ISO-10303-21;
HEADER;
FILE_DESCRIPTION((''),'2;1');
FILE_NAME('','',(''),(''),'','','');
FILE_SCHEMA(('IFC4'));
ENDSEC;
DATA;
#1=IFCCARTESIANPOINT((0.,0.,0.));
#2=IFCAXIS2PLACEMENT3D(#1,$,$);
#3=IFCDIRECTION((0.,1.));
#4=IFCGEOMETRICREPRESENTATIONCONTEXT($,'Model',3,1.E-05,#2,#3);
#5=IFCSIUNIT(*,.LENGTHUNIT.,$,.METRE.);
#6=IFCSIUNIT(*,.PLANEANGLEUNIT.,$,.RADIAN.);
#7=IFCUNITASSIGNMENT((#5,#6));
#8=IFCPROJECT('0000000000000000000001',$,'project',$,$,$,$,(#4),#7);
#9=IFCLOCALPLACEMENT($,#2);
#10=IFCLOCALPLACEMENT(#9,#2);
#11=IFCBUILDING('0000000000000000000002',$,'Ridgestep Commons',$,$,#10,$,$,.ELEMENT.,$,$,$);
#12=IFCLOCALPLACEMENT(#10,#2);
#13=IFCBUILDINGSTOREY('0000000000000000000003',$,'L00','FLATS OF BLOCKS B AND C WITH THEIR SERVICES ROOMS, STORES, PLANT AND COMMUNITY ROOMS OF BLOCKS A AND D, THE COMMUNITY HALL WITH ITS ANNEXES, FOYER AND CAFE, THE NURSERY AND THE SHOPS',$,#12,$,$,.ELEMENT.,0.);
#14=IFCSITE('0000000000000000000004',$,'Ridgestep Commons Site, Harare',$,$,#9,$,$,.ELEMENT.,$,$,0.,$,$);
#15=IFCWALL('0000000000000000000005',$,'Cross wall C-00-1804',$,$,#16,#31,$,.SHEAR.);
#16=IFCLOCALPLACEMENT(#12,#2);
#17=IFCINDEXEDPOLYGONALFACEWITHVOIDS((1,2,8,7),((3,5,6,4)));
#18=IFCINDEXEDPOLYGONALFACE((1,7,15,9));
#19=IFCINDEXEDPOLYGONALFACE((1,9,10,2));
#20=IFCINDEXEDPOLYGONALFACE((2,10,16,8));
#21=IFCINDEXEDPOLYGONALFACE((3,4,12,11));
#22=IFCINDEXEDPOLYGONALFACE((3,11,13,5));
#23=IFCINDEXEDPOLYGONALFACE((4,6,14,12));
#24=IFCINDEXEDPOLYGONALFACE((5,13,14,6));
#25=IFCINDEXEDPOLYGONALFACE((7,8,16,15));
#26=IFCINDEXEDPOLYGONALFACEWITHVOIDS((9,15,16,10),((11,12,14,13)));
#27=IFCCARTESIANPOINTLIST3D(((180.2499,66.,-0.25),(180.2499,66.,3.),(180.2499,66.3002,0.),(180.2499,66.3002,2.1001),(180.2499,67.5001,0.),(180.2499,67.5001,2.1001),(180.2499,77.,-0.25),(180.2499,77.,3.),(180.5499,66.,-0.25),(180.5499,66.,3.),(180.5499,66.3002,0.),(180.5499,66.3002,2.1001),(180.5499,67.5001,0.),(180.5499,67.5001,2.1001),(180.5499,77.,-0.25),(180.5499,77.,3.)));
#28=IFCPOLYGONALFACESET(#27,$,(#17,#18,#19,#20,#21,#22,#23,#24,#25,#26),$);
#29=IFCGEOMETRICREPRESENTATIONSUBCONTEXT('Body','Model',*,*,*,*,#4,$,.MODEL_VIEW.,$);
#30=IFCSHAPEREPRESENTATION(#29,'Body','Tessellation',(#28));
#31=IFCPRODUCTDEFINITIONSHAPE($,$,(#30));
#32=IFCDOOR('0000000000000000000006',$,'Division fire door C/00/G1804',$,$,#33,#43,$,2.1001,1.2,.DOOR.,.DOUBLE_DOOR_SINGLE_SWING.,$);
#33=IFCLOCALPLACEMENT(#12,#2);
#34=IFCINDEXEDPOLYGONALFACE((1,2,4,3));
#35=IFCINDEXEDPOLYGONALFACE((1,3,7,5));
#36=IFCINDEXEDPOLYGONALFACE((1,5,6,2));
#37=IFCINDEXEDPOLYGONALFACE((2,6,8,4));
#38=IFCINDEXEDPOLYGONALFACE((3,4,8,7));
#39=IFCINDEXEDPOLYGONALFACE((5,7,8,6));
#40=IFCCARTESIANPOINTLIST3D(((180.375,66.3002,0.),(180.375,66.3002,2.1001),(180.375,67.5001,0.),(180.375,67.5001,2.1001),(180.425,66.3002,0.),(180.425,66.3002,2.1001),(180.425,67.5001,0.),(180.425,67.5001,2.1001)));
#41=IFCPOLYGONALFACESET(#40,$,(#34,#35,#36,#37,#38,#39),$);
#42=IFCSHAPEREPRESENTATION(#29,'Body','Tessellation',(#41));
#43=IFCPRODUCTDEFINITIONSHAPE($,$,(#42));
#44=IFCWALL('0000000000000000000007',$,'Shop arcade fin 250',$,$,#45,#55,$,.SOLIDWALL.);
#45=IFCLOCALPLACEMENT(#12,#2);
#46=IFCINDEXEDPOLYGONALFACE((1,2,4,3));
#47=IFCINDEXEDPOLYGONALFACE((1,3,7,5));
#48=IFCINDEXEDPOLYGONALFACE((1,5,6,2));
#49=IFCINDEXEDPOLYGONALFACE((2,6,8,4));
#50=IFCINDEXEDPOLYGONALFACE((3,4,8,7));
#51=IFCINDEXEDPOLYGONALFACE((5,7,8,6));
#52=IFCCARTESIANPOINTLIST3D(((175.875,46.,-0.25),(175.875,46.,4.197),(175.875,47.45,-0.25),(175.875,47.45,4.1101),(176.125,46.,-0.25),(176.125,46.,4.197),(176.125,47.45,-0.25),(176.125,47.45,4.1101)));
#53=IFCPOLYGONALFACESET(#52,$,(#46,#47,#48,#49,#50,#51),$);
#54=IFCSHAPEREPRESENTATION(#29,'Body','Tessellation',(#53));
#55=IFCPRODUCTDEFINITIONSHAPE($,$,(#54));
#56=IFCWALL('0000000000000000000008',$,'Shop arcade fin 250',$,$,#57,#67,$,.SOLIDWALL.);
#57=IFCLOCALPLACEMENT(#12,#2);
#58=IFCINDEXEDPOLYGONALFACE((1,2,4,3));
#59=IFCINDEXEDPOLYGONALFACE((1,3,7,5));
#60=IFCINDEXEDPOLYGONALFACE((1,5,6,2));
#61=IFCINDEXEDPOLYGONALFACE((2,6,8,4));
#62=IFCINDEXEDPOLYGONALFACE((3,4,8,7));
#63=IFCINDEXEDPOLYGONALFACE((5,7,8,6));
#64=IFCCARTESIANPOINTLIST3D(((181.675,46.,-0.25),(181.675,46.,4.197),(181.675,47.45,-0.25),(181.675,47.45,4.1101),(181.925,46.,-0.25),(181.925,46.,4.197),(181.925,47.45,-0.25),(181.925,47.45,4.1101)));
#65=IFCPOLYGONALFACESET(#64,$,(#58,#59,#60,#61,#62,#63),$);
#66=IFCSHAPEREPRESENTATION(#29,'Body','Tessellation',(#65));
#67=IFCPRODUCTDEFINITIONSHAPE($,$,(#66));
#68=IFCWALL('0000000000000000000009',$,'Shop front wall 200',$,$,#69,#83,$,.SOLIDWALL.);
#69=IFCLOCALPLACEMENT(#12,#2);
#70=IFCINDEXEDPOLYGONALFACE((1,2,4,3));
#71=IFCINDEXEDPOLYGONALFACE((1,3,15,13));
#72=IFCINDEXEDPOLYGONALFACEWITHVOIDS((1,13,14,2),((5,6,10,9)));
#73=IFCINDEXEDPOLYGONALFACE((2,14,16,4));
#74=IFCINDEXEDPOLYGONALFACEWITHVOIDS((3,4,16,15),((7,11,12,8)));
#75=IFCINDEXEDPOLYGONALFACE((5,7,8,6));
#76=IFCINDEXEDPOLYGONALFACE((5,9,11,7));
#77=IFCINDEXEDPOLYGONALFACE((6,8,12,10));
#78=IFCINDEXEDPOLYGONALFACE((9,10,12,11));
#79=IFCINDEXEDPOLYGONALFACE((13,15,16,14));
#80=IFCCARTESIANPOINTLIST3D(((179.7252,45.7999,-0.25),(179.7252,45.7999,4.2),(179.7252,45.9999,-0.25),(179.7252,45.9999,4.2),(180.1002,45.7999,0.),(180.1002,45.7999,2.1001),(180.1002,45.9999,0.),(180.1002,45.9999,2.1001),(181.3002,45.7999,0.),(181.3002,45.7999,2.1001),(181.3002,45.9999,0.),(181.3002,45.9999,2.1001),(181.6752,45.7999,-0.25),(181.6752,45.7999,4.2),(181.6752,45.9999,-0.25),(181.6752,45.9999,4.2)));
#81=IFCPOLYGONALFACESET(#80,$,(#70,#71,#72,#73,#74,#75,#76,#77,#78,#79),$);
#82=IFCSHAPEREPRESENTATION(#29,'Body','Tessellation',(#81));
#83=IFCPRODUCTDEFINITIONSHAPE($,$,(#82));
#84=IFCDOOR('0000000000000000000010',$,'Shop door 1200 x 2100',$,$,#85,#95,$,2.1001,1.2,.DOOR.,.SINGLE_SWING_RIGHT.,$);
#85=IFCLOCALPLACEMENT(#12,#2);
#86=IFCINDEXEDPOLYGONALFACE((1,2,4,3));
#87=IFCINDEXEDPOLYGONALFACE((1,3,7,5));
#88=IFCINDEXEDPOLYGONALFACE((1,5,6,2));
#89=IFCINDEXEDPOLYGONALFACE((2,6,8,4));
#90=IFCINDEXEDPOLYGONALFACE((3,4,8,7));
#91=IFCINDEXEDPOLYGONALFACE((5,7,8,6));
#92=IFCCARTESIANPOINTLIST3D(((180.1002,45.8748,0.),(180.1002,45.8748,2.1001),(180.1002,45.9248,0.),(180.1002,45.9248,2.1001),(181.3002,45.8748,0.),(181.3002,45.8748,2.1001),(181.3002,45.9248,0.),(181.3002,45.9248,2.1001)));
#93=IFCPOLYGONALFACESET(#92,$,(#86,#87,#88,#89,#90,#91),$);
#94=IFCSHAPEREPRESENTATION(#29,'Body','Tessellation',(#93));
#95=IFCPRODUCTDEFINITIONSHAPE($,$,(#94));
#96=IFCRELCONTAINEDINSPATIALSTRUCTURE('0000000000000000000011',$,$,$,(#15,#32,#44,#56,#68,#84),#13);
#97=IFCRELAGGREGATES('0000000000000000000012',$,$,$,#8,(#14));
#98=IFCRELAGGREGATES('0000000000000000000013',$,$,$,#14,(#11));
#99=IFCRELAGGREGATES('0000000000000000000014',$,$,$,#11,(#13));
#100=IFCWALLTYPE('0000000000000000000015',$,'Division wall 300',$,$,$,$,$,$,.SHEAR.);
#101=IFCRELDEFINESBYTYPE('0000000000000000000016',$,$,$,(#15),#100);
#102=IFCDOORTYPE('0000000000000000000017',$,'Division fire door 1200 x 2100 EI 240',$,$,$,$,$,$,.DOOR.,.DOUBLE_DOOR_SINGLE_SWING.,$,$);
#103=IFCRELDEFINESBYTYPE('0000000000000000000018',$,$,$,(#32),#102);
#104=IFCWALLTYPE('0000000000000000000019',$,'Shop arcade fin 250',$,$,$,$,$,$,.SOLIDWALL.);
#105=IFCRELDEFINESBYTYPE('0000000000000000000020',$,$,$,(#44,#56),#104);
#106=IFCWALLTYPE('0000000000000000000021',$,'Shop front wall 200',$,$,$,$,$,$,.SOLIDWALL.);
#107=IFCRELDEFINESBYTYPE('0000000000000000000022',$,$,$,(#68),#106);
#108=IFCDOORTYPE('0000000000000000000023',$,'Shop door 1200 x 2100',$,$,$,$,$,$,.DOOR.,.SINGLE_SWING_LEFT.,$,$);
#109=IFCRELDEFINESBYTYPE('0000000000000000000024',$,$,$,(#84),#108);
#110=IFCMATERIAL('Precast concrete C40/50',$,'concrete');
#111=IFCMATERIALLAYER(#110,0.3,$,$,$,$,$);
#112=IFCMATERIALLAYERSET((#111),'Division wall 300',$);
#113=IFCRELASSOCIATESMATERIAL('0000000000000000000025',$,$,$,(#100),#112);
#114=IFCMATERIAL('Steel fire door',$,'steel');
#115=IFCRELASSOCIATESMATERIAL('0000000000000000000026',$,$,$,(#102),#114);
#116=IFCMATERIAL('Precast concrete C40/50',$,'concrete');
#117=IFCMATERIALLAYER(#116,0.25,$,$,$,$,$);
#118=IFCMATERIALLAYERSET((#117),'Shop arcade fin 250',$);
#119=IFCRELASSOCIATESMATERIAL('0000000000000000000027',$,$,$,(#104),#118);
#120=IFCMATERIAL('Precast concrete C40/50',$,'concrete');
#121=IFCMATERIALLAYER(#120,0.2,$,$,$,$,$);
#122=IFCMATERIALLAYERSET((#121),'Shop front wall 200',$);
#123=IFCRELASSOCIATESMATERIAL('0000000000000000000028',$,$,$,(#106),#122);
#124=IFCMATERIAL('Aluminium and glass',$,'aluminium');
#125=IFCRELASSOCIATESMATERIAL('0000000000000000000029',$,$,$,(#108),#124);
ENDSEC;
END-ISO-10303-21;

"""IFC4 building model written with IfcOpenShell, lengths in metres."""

from ifc_helpers import new_model, si_unit, direction, frame, frame_2d, origin, place, context, subcontext, project, spatial, polyline, rectangle, outline, extrude, material, layer, layer_set, type_object, element, fill, save


model = new_model("IFC4")

# Units and contexts
model_context = context("Model", 3, precision=1e-05, world=origin(), true_north=direction((0.0, 1.0)))
body_context = subcontext(model_context, "Body", "Model", "MODEL_VIEW")
ifc_project = project(units=[si_unit("LENGTHUNIT", "METRE"), si_unit("PLANEANGLEUNIT", "RADIAN")], contexts=[model_context])

# Site, building, storey
site_placement = place(None, origin())
site = spatial("IfcSite", under=ifc_project, at=site_placement, Name="Ridgestep Commons Site, Harare", CompositionType="ELEMENT", RefElevation=0.0)
building_placement = place(site_placement, origin())
building = spatial("IfcBuilding", under=site, at=building_placement, Name="Ridgestep Commons", CompositionType="ELEMENT")
storey_placement = place(building_placement, origin())
storey = spatial("IfcBuildingStorey", under=building, at=storey_placement, Name="L00", Description="FLATS OF BLOCKS B AND C WITH THEIR SERVICES ROOMS, STORES, PLANT AND COMMUNITY ROOMS OF BLOCKS A AND D, THE COMMUNITY HALL WITH ITS ANNEXES, FOYER AND CAFE, THE NURSERY AND THE SHOPS", CompositionType="ELEMENT", Elevation=0.0)

# Wall, opening, door
ifc_material_1 = material(Name="Precast concrete C40/50", Category="concrete")
ifc_layer_1 = layer(ifc_material_1, 0.3)
ifc_layer_set_1 = layer_set([ifc_layer_1], Name="Division wall 300")
wall_type_1 = type_object("IfcWallType", Name="Division wall 300", PredefinedType="SHEAR", material=ifc_layer_set_1)
wall_1_placement = place(storey_placement, frame((180.3999, 66.0, -0.25), z_axis=(0.0, 0.0, 1.0), x_axis=(0.0, 1.0, 0.0)))
wall_1 = element("IfcWall", 1, at=wall_1_placement, inside=storey, type_object=wall_type_1, Name="Cross wall C-00-1804", PredefinedType="SHEAR", context=body_context, shape_type="SweptSolid", body=[
    extrude(rectangle(XDim=11.0, YDim=0.3, at=frame_2d((5.5, 0.0))), origin(), (0.0, 0.0, 1.0), 3.25),
])
opening_1_placement = place(wall_1_placement, frame((0.3, 0.0, 0.25)))
opening_1 = element("IfcOpeningElement", 2, at=opening_1_placement, cuts=wall_1, PredefinedType="OPENING", context=body_context, shape_type="SweptSolid", body=[
    extrude(rectangle(XDim=1.2, YDim=2.1001, at=frame_2d((0.6001, 1.05))), frame((0.0, 0.1599, 0.0), z_axis=(0.0, -1.0, 0.0), x_axis=(1.0, 0.0, 0.0)), (0.0, 0.0, 1.0), 0.3201),
])
ifc_material_2 = material(Name="Steel fire door", Category="steel")
door_type_1 = type_object("IfcDoorType", Name="Division fire door 1200 x 2100 EI 240", OperationType="DOUBLE_DOOR_SINGLE_SWING", PredefinedType="DOOR", material=ifc_material_2)
door_1_placement = place(opening_1_placement, origin())
door_1 = element("IfcDoor", 3, at=door_1_placement, inside=storey, type_object=door_type_1, Name="Division fire door C/00/G1804", OperationType="DOUBLE_DOOR_SINGLE_SWING", OverallHeight=2.1001, OverallWidth=1.2, PredefinedType="DOOR", context=body_context, shape_type="SweptSolid", body=[
    extrude(rectangle(XDim=1.2, YDim=2.1001, at=frame_2d((0.6001, 1.05))), frame((0.0, 0.0249, 0.0), z_axis=(0.0, -1.0, 0.0), x_axis=(1.0, 0.0, 0.0)), (0.0, 0.0, 1.0), 0.05),
])
fill(opening_1, door_1)

# Walls
ifc_material_3 = material(Name="Precast concrete C40/50", Category="concrete")
ifc_layer_2 = layer(ifc_material_3, 0.25)
ifc_layer_set_2 = layer_set([ifc_layer_2], Name="Shop arcade fin 250")
wall_type_2 = type_object("IfcWallType", Name="Shop arcade fin 250", PredefinedType="SOLIDWALL", material=ifc_layer_set_2)
for number, where, z_axis, x_axis, name in (
    (4, (176.0, 46.0, -0.25), (0.0, 0.0, 1.0), (0.0, 1.0, 0.0), "Shop arcade fin 250"),
    (5, (181.8, 46.0, -0.25), (0.0, 0.0, 1.0), (0.0, 1.0, 0.0), "Shop arcade fin 250"),
):
    element("IfcWall", number, at=place(storey_placement, frame(where, z_axis=z_axis, x_axis=x_axis)), inside=storey, type_object=wall_type_2, Name=name, PredefinedType="SOLIDWALL", context=body_context, shape_type="SweptSolid", body=[
        extrude(outline(polyline([(0.0, 0.0), (1.45, 0.0), (1.45, 4.3601), (0.0, 4.447), (0.0, 0.0)])), frame((0.0, 0.125, 0.0), z_axis=(0.0, -1.0, 0.0), x_axis=(1.0, 0.0, 0.0)), (0.0, 0.0, 1.0), 0.25),
    ])

# Wall, opening, door
ifc_material_4 = material(Name="Precast concrete C40/50", Category="concrete")
ifc_layer_3 = layer(ifc_material_4, 0.2)
ifc_layer_set_3 = layer_set([ifc_layer_3], Name="Shop front wall 200")
wall_type_3 = type_object("IfcWallType", Name="Shop front wall 200", PredefinedType="SOLIDWALL", material=ifc_layer_set_3)
wall_2_placement = place(storey_placement, frame((179.7251, 45.8999, -0.25), z_axis=(0.0, 0.0, 1.0), x_axis=(1.0, 0.0, 0.0)))
wall_2 = element("IfcWall", 6, at=wall_2_placement, inside=storey, type_object=wall_type_3, Name="Shop front wall 200", PredefinedType="SOLIDWALL", context=body_context, shape_type="SweptSolid", body=[
    extrude(rectangle(XDim=1.95, YDim=0.2, at=frame_2d((0.9751, 0.0))), origin(), (0.0, 0.0, 1.0), 4.45),
])
opening_2_placement = place(wall_2_placement, frame((0.375, 0.0, 0.25)))
opening_2 = element("IfcOpeningElement", 7, at=opening_2_placement, cuts=wall_2, PredefinedType="OPENING", context=body_context, shape_type="SweptSolid", body=[
    extrude(rectangle(XDim=1.2, YDim=2.1001, at=frame_2d((0.6001, 1.05))), frame((0.0, 0.1099, 0.0), z_axis=(0.0, -1.0, 0.0), x_axis=(1.0, 0.0, 0.0)), (0.0, 0.0, 1.0), 0.22),
])
ifc_material_5 = material(Name="Aluminium and glass", Category="aluminium")
door_type_2 = type_object("IfcDoorType", Name="Shop door 1200 x 2100", OperationType="SINGLE_SWING_LEFT", PredefinedType="DOOR", material=ifc_material_5)
door_2_placement = place(opening_2_placement, origin())
door_2 = element("IfcDoor", 8, at=door_2_placement, inside=storey, type_object=door_type_2, Name="Shop door 1200 x 2100", OperationType="SINGLE_SWING_RIGHT", OverallHeight=2.1001, OverallWidth=1.2, PredefinedType="DOOR", context=body_context, shape_type="SweptSolid", body=[
    extrude(rectangle(XDim=1.2, YDim=2.1001, at=frame_2d((0.6001, 1.05))), frame((0.0, 0.0249, 0.0), z_axis=(0.0, -1.0, 0.0), x_axis=(1.0, 0.0, 0.0)), (0.0, 0.0, 1.0), 0.05),
])
fill(opening_2, door_2)

save(model, "model.ifc")
